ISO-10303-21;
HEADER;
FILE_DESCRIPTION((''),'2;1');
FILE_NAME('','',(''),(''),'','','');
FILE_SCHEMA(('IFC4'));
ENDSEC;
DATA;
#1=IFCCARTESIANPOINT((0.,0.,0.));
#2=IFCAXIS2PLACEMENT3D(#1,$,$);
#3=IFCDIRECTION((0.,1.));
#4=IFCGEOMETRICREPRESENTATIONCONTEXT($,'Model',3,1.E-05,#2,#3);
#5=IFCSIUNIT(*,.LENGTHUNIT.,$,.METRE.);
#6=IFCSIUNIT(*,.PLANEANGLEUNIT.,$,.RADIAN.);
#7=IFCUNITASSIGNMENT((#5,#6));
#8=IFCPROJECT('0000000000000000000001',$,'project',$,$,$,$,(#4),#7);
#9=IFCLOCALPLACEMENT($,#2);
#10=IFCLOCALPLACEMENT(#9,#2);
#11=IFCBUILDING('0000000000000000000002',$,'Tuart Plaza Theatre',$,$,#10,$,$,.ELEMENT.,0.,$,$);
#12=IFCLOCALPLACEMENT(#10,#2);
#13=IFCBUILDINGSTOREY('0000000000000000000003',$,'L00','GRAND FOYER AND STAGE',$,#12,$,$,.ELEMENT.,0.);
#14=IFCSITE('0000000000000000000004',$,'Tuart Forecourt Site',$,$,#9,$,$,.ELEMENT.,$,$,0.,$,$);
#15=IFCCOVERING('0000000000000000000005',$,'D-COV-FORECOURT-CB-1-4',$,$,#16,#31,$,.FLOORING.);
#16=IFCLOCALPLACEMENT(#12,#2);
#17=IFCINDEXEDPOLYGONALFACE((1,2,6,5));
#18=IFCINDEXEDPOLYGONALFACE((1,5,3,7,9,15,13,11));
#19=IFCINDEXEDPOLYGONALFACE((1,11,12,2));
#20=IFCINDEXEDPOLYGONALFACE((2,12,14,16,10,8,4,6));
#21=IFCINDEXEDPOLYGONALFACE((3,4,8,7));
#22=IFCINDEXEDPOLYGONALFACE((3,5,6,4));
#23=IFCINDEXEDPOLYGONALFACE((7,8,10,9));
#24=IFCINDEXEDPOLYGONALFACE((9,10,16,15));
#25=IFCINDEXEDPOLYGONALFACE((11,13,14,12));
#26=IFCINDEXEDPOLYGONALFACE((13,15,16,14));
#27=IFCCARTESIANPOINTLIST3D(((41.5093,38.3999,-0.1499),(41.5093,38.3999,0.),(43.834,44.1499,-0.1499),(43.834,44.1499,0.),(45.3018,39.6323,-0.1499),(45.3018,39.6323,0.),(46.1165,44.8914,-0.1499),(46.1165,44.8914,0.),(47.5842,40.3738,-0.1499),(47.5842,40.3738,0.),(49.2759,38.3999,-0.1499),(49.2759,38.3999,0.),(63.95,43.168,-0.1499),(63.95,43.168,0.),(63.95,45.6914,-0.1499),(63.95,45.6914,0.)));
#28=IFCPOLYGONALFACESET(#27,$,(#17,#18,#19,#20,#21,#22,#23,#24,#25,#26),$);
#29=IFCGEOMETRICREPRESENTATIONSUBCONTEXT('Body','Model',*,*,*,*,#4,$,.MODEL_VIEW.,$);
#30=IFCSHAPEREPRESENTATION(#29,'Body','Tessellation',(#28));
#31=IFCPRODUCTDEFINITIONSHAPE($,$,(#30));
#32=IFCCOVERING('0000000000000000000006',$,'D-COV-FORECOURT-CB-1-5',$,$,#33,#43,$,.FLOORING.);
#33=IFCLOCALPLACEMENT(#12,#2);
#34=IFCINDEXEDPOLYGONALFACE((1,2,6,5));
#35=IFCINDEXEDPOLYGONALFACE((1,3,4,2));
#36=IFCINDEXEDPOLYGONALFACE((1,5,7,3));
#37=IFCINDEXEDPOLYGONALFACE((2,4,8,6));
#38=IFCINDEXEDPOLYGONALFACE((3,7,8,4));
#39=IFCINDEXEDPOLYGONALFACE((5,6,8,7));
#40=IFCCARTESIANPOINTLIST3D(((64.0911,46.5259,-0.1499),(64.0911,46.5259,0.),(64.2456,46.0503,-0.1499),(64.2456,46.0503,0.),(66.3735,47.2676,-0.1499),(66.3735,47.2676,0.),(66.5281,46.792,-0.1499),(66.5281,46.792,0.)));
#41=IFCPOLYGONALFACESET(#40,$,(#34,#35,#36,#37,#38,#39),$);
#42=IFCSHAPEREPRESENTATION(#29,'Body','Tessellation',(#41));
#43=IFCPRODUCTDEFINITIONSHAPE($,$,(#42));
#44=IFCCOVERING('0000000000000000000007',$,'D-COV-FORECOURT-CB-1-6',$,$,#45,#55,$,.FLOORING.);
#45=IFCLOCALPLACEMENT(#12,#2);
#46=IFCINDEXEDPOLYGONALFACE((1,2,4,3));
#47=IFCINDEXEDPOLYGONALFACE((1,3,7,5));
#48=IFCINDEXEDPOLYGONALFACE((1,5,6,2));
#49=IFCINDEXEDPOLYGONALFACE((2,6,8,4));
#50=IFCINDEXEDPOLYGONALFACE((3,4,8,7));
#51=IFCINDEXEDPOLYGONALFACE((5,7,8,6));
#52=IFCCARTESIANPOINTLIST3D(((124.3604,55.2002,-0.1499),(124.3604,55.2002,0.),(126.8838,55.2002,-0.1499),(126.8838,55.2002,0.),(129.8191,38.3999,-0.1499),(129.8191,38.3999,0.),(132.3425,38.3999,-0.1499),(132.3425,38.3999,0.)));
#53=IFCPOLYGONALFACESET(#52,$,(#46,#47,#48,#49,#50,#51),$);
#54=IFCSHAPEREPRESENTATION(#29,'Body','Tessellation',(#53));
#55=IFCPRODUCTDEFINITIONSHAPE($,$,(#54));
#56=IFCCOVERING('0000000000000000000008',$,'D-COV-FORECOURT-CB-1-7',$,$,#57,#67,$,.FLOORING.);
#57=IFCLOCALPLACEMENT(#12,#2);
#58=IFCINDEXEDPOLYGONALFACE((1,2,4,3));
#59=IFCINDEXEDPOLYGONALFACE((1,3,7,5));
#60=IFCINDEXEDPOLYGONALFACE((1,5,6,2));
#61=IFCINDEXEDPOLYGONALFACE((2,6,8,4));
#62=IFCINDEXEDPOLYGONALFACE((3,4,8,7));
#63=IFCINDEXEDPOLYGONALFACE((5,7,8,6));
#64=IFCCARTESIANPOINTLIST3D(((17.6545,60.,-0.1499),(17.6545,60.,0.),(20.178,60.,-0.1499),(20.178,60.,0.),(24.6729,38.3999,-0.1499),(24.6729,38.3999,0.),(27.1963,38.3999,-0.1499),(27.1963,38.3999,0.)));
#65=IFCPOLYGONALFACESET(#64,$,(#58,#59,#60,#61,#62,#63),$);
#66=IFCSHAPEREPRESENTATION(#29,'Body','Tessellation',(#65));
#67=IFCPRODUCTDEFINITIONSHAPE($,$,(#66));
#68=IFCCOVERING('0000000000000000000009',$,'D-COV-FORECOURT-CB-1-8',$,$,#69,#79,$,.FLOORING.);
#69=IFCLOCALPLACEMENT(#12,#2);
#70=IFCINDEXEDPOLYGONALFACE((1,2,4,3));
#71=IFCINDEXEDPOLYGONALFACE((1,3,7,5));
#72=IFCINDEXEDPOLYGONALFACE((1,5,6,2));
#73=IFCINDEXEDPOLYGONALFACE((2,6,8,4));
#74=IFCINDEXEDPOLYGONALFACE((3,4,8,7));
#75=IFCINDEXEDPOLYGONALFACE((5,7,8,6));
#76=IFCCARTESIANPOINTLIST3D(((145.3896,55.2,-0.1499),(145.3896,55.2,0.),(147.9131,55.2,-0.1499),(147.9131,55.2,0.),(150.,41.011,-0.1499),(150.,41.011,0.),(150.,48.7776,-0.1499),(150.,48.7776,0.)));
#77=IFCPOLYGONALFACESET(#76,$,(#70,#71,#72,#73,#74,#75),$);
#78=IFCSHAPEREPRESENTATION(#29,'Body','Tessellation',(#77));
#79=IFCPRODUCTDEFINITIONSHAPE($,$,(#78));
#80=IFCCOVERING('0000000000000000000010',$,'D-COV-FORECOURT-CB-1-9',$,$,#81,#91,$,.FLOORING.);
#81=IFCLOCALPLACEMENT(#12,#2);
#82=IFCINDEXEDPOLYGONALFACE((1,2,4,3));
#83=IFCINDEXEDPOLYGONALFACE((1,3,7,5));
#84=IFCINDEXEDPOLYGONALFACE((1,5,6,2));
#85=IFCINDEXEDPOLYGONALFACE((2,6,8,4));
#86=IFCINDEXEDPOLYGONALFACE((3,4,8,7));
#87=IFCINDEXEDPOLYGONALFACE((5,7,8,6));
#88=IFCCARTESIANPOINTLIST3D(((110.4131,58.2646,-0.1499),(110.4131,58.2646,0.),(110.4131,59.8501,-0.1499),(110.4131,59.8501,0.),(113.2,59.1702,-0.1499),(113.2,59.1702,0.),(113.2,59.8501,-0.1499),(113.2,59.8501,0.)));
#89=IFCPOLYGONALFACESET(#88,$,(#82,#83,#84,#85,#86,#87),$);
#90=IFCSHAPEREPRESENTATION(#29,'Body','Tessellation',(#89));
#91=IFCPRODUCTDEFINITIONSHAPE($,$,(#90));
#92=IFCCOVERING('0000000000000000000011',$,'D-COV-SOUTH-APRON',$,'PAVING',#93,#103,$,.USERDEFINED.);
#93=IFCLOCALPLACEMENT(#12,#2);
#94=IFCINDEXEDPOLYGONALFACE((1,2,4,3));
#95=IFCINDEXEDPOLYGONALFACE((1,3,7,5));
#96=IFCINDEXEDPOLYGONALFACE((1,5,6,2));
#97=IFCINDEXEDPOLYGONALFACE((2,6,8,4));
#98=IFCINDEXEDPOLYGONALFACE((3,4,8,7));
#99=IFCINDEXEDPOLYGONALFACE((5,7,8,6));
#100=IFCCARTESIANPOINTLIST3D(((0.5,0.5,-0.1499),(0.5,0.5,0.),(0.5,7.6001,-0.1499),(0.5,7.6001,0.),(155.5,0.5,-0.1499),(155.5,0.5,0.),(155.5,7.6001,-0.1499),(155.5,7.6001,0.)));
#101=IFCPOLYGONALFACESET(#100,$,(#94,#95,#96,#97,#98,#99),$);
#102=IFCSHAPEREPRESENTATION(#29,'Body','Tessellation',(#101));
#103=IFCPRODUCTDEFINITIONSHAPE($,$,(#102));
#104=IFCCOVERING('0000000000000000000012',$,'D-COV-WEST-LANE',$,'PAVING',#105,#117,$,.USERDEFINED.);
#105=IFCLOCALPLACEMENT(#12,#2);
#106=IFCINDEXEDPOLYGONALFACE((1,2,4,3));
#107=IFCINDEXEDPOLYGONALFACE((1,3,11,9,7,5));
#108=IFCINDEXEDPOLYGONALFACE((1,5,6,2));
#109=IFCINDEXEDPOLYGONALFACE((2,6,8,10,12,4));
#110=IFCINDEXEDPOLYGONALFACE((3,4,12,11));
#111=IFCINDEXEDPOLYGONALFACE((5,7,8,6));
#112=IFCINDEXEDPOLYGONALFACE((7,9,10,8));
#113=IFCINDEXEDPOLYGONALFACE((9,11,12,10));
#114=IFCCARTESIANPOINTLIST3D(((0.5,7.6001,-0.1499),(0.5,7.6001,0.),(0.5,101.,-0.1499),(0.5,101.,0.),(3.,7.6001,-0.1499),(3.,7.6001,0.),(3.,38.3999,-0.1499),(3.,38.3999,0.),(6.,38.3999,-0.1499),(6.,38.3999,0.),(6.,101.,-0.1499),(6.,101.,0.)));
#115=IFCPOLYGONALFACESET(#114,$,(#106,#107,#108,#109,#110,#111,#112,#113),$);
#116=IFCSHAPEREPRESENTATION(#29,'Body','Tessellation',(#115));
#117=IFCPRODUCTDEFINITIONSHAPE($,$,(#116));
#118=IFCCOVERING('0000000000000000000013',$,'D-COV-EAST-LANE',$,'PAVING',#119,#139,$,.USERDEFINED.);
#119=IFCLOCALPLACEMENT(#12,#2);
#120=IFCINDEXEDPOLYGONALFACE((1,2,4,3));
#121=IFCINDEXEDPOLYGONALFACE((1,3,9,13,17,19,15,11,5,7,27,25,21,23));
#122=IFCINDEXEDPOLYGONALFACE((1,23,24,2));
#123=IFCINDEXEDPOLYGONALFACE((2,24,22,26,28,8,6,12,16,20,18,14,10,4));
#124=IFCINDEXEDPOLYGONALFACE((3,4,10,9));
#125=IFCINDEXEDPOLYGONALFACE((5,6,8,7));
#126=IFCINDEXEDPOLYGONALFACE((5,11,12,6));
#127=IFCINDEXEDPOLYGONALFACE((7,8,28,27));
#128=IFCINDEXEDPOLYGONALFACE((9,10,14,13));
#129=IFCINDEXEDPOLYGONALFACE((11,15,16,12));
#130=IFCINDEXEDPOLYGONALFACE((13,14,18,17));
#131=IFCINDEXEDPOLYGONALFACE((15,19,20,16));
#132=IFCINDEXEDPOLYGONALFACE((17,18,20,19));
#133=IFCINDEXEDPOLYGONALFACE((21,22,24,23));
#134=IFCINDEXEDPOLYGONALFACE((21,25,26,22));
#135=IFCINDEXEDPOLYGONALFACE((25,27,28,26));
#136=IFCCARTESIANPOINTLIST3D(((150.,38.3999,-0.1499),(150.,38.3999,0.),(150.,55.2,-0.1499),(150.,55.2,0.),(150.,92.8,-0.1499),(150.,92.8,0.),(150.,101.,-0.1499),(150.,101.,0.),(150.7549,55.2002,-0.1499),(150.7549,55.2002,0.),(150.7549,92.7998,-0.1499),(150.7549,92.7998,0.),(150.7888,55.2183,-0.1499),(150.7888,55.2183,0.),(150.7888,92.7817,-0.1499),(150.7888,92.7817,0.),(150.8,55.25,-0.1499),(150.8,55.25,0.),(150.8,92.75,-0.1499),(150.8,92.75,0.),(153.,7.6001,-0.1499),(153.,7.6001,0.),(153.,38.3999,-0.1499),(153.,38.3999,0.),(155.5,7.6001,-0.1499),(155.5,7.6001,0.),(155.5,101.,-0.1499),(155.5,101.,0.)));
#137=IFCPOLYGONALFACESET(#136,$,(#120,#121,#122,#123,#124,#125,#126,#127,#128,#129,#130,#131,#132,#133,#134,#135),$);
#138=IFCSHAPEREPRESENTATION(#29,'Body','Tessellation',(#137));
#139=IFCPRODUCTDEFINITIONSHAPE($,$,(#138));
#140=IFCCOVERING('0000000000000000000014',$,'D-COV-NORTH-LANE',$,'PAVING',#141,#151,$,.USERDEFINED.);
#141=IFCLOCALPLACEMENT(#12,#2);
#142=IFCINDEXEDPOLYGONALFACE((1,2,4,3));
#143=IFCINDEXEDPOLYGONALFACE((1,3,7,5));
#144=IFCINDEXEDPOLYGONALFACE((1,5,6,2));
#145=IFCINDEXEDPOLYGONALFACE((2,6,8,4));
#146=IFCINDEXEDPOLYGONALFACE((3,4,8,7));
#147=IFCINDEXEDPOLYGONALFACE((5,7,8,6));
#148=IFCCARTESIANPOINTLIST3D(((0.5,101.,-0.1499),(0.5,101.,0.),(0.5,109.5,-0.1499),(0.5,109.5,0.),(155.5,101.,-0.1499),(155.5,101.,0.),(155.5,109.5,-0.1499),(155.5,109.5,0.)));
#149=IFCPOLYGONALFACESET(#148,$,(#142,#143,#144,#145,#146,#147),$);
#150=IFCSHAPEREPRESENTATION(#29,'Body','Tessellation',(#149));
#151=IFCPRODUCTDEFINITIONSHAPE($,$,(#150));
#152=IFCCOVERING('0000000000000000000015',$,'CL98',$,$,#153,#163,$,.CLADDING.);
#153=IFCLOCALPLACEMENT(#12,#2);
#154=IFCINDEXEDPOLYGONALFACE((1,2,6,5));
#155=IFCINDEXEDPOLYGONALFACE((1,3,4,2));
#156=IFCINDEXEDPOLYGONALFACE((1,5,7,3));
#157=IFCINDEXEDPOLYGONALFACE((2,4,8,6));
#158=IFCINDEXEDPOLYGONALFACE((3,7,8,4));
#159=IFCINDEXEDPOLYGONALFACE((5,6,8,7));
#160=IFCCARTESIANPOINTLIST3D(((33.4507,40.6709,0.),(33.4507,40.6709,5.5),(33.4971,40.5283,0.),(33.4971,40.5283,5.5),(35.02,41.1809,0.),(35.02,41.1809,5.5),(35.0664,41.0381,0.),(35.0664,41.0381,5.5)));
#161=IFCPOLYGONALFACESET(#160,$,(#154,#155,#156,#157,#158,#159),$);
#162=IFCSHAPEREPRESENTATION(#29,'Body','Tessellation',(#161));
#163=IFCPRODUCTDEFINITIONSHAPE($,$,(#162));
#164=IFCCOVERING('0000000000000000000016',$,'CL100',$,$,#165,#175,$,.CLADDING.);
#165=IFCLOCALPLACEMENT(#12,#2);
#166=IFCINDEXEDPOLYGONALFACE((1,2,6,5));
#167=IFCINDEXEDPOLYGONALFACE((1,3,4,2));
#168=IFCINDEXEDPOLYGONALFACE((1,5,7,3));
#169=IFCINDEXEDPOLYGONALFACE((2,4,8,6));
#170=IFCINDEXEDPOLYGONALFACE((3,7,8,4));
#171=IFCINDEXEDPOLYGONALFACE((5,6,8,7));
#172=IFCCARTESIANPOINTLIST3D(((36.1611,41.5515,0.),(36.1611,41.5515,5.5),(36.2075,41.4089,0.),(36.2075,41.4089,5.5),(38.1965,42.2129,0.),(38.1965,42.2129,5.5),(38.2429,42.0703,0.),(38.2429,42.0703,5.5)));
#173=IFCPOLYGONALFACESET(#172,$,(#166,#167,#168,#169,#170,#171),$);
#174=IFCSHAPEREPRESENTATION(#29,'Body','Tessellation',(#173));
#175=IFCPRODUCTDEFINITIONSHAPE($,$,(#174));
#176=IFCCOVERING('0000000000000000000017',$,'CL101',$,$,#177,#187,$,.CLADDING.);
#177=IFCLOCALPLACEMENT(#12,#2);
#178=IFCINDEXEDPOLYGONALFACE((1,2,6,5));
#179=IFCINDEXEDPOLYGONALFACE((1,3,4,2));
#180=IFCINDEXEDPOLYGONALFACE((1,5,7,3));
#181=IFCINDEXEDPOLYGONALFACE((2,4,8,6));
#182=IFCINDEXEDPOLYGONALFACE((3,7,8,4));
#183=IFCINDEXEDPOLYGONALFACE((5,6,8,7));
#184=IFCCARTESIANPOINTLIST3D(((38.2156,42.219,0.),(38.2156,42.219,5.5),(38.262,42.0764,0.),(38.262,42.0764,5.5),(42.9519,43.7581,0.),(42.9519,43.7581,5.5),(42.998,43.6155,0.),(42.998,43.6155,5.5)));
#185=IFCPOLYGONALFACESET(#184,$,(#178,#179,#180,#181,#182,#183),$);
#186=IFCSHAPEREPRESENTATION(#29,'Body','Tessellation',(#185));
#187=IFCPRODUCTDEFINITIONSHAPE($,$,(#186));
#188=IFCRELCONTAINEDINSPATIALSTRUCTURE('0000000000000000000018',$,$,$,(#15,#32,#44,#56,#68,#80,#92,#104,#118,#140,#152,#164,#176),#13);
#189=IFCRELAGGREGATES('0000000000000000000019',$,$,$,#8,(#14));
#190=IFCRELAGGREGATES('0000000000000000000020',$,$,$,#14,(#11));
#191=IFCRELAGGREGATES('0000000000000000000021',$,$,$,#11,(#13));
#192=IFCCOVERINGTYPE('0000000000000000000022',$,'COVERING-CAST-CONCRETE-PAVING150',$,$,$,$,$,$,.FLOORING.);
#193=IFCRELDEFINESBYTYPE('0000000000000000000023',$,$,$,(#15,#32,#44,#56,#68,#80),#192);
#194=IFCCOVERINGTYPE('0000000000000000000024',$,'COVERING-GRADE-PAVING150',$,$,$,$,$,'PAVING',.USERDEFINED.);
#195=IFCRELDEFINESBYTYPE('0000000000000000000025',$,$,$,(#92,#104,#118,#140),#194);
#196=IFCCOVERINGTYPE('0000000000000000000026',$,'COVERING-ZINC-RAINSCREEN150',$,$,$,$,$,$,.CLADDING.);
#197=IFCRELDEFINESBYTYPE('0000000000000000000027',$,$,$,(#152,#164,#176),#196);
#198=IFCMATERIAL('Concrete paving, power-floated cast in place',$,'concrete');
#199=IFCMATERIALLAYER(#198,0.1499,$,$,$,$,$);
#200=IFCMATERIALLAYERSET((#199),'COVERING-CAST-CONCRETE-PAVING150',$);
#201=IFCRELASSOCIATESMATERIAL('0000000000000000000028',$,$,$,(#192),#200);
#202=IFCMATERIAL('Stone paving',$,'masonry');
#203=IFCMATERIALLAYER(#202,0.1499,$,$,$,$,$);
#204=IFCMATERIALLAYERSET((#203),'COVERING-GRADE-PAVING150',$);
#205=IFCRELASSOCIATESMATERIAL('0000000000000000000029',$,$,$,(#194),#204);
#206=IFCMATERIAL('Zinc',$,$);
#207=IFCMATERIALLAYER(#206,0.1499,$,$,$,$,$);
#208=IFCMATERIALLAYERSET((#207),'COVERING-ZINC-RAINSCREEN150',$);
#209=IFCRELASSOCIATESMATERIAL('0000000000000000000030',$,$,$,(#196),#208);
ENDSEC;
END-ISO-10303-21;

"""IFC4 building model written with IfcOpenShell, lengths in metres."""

from ifc_helpers import new_model, si_unit, direction, frame, origin, place, context, subcontext, project, spatial, polyline, outline, extrude, material, layer, layer_set, type_object, element, save


model = new_model("IFC4")

# Units and contexts
model_context = context("Model", 3, precision=1e-05, world=origin(), true_north=direction((0.0, 1.0)))
body_context = subcontext(model_context, "Body", "Model", "MODEL_VIEW")
ifc_project = project(units=[si_unit("LENGTHUNIT", "METRE"), si_unit("PLANEANGLEUNIT", "RADIAN")], contexts=[model_context])

# Site, building, storey
site_placement = place(None, origin())
site = spatial("IfcSite", under=ifc_project, at=site_placement, Name="Tuart Forecourt Site", CompositionType="ELEMENT", RefElevation=0.0)
building_placement = place(site_placement, origin())
building = spatial("IfcBuilding", under=site, at=building_placement, Name="Tuart Plaza Theatre", CompositionType="ELEMENT", ElevationOfRefHeight=0.0)
storey_placement = place(building_placement, origin())
storey = spatial("IfcBuildingStorey", under=building, at=storey_placement, Name="L00", Description="GRAND FOYER AND STAGE", CompositionType="ELEMENT", Elevation=0.0)

# Coverings
ifc_material_1 = material(Name="Concrete paving, power-floated cast in place", Category="concrete")
ifc_layer_1 = layer(ifc_material_1, 0.1499)
ifc_layer_set_1 = layer_set([ifc_layer_1], Name="COVERING-CAST-CONCRETE-PAVING150")
covering_type_1 = type_object("IfcCoveringType", Name="COVERING-CAST-CONCRETE-PAVING150", PredefinedType="FLOORING", material=ifc_layer_set_1)
covering_1_placement = place(storey_placement, frame((0.0, 0.0, -0.1499)))
element("IfcCovering", 1, at=covering_1_placement, inside=storey, type_object=covering_type_1, Name="D-COV-FORECOURT-CB-1-4", PredefinedType="FLOORING", context=body_context, shape_type="SweptSolid", body=[
    extrude(outline(polyline([(41.5093, 38.3999), (49.2759, 38.3999), (63.95, 43.168), (63.95, 45.6914), (47.5842, 40.3738), (46.1165, 44.8914), (43.834, 44.1499), (45.3018, 39.6323), (41.5093, 38.3999)])), origin(), (0.0, 0.0, 1.0), 0.1499),
])
covering_2_placement = place(storey_placement, frame((0.0, 0.0, -0.1499)))
element("IfcCovering", 2, at=covering_2_placement, inside=storey, type_object=covering_type_1, Name="D-COV-FORECOURT-CB-1-5", PredefinedType="FLOORING", context=body_context, shape_type="SweptSolid", body=[
    extrude(outline(polyline([(64.2456, 46.0503), (66.5281, 46.792), (66.3735, 47.2676), (64.0911, 46.5259), (64.2456, 46.0503)])), origin(), (0.0, 0.0, 1.0), 0.1499),
])
covering_3_placement = place(storey_placement, frame((0.0, 0.0, -0.1499)))
element("IfcCovering", 3, at=covering_3_placement, inside=storey, type_object=covering_type_1, Name="D-COV-FORECOURT-CB-1-6", PredefinedType="FLOORING", context=body_context, shape_type="SweptSolid", body=[
    extrude(outline(polyline([(126.8838, 55.2002), (124.3604, 55.2002), (129.8191, 38.3999), (132.3425, 38.3999), (126.8838, 55.2002)])), origin(), (0.0, 0.0, 1.0), 0.1499),
])
covering_4_placement = place(storey_placement, frame((0.0, 0.0, -0.1499)))
element("IfcCovering", 4, at=covering_4_placement, inside=storey, type_object=covering_type_1, Name="D-COV-FORECOURT-CB-1-7", PredefinedType="FLOORING", context=body_context, shape_type="SweptSolid", body=[
    extrude(outline(polyline([(24.6729, 38.3999), (27.1963, 38.3999), (20.178, 60.0), (17.6545, 60.0), (24.6729, 38.3999)])), origin(), (0.0, 0.0, 1.0), 0.1499),
])
covering_5_placement = place(storey_placement, frame((0.0, 0.0, -0.1499)))
element("IfcCovering", 5, at=covering_5_placement, inside=storey, type_object=covering_type_1, Name="D-COV-FORECOURT-CB-1-8", PredefinedType="FLOORING", context=body_context, shape_type="SweptSolid", body=[
    extrude(outline(polyline([(147.9131, 55.2), (145.3896, 55.2), (150.0, 41.011), (150.0, 48.7776), (147.9131, 55.2)])), origin(), (0.0, 0.0, 1.0), 0.1499),
])
covering_6_placement = place(storey_placement, frame((0.0, 0.0, -0.1499)))
element("IfcCovering", 6, at=covering_6_placement, inside=storey, type_object=covering_type_1, Name="D-COV-FORECOURT-CB-1-9", PredefinedType="FLOORING", context=body_context, shape_type="SweptSolid", body=[
    extrude(outline(polyline([(113.2, 59.1702), (113.2, 59.8501), (110.4131, 59.8501), (110.4131, 58.2646), (113.2, 59.1702)])), origin(), (0.0, 0.0, 1.0), 0.1499),
])
ifc_material_2 = material(Name="Stone paving", Category="masonry")
ifc_layer_2 = layer(ifc_material_2, 0.1499)
ifc_layer_set_2 = layer_set([ifc_layer_2], Name="COVERING-GRADE-PAVING150")
covering_type_2 = type_object("IfcCoveringType", Name="COVERING-GRADE-PAVING150", ElementType="PAVING", PredefinedType="USERDEFINED", material=ifc_layer_set_2)
covering_7_placement = place(storey_placement, frame((0.0, 0.0, -0.1499)))
element("IfcCovering", 7, at=covering_7_placement, inside=storey, type_object=covering_type_2, Name="D-COV-SOUTH-APRON", ObjectType="PAVING", PredefinedType="USERDEFINED", context=body_context, shape_type="SweptSolid", body=[
    extrude(outline(polyline([(155.5, 0.5), (155.5, 7.6001), (0.5, 7.6001), (0.5, 0.5), (155.5, 0.5)])), origin(), (0.0, 0.0, 1.0), 0.1499),
])
covering_8_placement = place(storey_placement, frame((0.0, 0.0, -0.1499)))
element("IfcCovering", 8, at=covering_8_placement, inside=storey, type_object=covering_type_2, Name="D-COV-WEST-LANE", ObjectType="PAVING", PredefinedType="USERDEFINED", context=body_context, shape_type="SweptSolid", body=[
    extrude(outline(polyline([(0.5, 101.0), (0.5, 7.6001), (3.0, 7.6001), (3.0, 38.3999), (6.0, 38.3999), (6.0, 101.0), (0.5, 101.0)])), origin(), (0.0, 0.0, 1.0), 0.1499),
])
covering_9_placement = place(storey_placement, frame((0.0, 0.0, -0.1499)))
element("IfcCovering", 9, at=covering_9_placement, inside=storey, type_object=covering_type_2, Name="D-COV-EAST-LANE", ObjectType="PAVING", PredefinedType="USERDEFINED", context=body_context, shape_type="SweptSolid", body=[
    extrude(outline(polyline([(155.5, 7.6001), (155.5, 101.0), (150.0, 101.0), (150.0, 92.8), (150.7549, 92.7998), (150.7888, 92.7817), (150.8, 92.75), (150.8, 55.25), (150.7888, 55.2183), (150.7549, 55.2002), (150.0, 55.2), (150.0, 38.3999), (153.0, 38.3999), (153.0, 7.6001), (155.5, 7.6001)])), origin(), (0.0, 0.0, 1.0), 0.1499),
])
covering_10_placement = place(storey_placement, frame((0.0, 0.0, -0.1499)))
element("IfcCovering", 10, at=covering_10_placement, inside=storey, type_object=covering_type_2, Name="D-COV-NORTH-LANE", ObjectType="PAVING", PredefinedType="USERDEFINED", context=body_context, shape_type="SweptSolid", body=[
    extrude(outline(polyline([(155.5, 101.0), (155.5, 109.5), (0.5, 109.5), (0.5, 101.0), (155.5, 101.0)])), origin(), (0.0, 0.0, 1.0), 0.1499),
])
ifc_material_3 = material(Name="Zinc")
ifc_layer_3 = layer(ifc_material_3, 0.1499)
ifc_layer_set_3 = layer_set([ifc_layer_3], Name="COVERING-ZINC-RAINSCREEN150")
covering_type_3 = type_object("IfcCoveringType", Name="COVERING-ZINC-RAINSCREEN150", PredefinedType="CLADDING", material=ifc_layer_set_3)
covering_11_placement = place(storey_placement, origin())
element("IfcCovering", 11, at=covering_11_placement, inside=storey, type_object=covering_type_3, Name="CL98", PredefinedType="CLADDING", context=body_context, shape_type="SweptSolid", body=[
    extrude(outline(polyline([(33.4507, 40.6709), (35.02, 41.1809), (35.0664, 41.0381), (33.4971, 40.5283), (33.4507, 40.6709)])), origin(), (0.0, 0.0, 1.0), 5.5),
])
covering_12_placement = place(storey_placement, origin())
element("IfcCovering", 12, at=covering_12_placement, inside=storey, type_object=covering_type_3, Name="CL100", PredefinedType="CLADDING", context=body_context, shape_type="SweptSolid", body=[
    extrude(outline(polyline([(36.1611, 41.5515), (38.1965, 42.2129), (38.2429, 42.0703), (36.2075, 41.4089), (36.1611, 41.5515)])), origin(), (0.0, 0.0, 1.0), 5.5),
])
covering_13_placement = place(storey_placement, origin())
element("IfcCovering", 13, at=covering_13_placement, inside=storey, type_object=covering_type_3, Name="CL101", PredefinedType="CLADDING", context=body_context, shape_type="SweptSolid", body=[
    extrude(outline(polyline([(38.2156, 42.219), (42.9519, 43.7581), (42.998, 43.6155), (38.262, 42.0764), (38.2156, 42.219)])), origin(), (0.0, 0.0, 1.0), 5.5),
])

save(model, "model.ifc")
